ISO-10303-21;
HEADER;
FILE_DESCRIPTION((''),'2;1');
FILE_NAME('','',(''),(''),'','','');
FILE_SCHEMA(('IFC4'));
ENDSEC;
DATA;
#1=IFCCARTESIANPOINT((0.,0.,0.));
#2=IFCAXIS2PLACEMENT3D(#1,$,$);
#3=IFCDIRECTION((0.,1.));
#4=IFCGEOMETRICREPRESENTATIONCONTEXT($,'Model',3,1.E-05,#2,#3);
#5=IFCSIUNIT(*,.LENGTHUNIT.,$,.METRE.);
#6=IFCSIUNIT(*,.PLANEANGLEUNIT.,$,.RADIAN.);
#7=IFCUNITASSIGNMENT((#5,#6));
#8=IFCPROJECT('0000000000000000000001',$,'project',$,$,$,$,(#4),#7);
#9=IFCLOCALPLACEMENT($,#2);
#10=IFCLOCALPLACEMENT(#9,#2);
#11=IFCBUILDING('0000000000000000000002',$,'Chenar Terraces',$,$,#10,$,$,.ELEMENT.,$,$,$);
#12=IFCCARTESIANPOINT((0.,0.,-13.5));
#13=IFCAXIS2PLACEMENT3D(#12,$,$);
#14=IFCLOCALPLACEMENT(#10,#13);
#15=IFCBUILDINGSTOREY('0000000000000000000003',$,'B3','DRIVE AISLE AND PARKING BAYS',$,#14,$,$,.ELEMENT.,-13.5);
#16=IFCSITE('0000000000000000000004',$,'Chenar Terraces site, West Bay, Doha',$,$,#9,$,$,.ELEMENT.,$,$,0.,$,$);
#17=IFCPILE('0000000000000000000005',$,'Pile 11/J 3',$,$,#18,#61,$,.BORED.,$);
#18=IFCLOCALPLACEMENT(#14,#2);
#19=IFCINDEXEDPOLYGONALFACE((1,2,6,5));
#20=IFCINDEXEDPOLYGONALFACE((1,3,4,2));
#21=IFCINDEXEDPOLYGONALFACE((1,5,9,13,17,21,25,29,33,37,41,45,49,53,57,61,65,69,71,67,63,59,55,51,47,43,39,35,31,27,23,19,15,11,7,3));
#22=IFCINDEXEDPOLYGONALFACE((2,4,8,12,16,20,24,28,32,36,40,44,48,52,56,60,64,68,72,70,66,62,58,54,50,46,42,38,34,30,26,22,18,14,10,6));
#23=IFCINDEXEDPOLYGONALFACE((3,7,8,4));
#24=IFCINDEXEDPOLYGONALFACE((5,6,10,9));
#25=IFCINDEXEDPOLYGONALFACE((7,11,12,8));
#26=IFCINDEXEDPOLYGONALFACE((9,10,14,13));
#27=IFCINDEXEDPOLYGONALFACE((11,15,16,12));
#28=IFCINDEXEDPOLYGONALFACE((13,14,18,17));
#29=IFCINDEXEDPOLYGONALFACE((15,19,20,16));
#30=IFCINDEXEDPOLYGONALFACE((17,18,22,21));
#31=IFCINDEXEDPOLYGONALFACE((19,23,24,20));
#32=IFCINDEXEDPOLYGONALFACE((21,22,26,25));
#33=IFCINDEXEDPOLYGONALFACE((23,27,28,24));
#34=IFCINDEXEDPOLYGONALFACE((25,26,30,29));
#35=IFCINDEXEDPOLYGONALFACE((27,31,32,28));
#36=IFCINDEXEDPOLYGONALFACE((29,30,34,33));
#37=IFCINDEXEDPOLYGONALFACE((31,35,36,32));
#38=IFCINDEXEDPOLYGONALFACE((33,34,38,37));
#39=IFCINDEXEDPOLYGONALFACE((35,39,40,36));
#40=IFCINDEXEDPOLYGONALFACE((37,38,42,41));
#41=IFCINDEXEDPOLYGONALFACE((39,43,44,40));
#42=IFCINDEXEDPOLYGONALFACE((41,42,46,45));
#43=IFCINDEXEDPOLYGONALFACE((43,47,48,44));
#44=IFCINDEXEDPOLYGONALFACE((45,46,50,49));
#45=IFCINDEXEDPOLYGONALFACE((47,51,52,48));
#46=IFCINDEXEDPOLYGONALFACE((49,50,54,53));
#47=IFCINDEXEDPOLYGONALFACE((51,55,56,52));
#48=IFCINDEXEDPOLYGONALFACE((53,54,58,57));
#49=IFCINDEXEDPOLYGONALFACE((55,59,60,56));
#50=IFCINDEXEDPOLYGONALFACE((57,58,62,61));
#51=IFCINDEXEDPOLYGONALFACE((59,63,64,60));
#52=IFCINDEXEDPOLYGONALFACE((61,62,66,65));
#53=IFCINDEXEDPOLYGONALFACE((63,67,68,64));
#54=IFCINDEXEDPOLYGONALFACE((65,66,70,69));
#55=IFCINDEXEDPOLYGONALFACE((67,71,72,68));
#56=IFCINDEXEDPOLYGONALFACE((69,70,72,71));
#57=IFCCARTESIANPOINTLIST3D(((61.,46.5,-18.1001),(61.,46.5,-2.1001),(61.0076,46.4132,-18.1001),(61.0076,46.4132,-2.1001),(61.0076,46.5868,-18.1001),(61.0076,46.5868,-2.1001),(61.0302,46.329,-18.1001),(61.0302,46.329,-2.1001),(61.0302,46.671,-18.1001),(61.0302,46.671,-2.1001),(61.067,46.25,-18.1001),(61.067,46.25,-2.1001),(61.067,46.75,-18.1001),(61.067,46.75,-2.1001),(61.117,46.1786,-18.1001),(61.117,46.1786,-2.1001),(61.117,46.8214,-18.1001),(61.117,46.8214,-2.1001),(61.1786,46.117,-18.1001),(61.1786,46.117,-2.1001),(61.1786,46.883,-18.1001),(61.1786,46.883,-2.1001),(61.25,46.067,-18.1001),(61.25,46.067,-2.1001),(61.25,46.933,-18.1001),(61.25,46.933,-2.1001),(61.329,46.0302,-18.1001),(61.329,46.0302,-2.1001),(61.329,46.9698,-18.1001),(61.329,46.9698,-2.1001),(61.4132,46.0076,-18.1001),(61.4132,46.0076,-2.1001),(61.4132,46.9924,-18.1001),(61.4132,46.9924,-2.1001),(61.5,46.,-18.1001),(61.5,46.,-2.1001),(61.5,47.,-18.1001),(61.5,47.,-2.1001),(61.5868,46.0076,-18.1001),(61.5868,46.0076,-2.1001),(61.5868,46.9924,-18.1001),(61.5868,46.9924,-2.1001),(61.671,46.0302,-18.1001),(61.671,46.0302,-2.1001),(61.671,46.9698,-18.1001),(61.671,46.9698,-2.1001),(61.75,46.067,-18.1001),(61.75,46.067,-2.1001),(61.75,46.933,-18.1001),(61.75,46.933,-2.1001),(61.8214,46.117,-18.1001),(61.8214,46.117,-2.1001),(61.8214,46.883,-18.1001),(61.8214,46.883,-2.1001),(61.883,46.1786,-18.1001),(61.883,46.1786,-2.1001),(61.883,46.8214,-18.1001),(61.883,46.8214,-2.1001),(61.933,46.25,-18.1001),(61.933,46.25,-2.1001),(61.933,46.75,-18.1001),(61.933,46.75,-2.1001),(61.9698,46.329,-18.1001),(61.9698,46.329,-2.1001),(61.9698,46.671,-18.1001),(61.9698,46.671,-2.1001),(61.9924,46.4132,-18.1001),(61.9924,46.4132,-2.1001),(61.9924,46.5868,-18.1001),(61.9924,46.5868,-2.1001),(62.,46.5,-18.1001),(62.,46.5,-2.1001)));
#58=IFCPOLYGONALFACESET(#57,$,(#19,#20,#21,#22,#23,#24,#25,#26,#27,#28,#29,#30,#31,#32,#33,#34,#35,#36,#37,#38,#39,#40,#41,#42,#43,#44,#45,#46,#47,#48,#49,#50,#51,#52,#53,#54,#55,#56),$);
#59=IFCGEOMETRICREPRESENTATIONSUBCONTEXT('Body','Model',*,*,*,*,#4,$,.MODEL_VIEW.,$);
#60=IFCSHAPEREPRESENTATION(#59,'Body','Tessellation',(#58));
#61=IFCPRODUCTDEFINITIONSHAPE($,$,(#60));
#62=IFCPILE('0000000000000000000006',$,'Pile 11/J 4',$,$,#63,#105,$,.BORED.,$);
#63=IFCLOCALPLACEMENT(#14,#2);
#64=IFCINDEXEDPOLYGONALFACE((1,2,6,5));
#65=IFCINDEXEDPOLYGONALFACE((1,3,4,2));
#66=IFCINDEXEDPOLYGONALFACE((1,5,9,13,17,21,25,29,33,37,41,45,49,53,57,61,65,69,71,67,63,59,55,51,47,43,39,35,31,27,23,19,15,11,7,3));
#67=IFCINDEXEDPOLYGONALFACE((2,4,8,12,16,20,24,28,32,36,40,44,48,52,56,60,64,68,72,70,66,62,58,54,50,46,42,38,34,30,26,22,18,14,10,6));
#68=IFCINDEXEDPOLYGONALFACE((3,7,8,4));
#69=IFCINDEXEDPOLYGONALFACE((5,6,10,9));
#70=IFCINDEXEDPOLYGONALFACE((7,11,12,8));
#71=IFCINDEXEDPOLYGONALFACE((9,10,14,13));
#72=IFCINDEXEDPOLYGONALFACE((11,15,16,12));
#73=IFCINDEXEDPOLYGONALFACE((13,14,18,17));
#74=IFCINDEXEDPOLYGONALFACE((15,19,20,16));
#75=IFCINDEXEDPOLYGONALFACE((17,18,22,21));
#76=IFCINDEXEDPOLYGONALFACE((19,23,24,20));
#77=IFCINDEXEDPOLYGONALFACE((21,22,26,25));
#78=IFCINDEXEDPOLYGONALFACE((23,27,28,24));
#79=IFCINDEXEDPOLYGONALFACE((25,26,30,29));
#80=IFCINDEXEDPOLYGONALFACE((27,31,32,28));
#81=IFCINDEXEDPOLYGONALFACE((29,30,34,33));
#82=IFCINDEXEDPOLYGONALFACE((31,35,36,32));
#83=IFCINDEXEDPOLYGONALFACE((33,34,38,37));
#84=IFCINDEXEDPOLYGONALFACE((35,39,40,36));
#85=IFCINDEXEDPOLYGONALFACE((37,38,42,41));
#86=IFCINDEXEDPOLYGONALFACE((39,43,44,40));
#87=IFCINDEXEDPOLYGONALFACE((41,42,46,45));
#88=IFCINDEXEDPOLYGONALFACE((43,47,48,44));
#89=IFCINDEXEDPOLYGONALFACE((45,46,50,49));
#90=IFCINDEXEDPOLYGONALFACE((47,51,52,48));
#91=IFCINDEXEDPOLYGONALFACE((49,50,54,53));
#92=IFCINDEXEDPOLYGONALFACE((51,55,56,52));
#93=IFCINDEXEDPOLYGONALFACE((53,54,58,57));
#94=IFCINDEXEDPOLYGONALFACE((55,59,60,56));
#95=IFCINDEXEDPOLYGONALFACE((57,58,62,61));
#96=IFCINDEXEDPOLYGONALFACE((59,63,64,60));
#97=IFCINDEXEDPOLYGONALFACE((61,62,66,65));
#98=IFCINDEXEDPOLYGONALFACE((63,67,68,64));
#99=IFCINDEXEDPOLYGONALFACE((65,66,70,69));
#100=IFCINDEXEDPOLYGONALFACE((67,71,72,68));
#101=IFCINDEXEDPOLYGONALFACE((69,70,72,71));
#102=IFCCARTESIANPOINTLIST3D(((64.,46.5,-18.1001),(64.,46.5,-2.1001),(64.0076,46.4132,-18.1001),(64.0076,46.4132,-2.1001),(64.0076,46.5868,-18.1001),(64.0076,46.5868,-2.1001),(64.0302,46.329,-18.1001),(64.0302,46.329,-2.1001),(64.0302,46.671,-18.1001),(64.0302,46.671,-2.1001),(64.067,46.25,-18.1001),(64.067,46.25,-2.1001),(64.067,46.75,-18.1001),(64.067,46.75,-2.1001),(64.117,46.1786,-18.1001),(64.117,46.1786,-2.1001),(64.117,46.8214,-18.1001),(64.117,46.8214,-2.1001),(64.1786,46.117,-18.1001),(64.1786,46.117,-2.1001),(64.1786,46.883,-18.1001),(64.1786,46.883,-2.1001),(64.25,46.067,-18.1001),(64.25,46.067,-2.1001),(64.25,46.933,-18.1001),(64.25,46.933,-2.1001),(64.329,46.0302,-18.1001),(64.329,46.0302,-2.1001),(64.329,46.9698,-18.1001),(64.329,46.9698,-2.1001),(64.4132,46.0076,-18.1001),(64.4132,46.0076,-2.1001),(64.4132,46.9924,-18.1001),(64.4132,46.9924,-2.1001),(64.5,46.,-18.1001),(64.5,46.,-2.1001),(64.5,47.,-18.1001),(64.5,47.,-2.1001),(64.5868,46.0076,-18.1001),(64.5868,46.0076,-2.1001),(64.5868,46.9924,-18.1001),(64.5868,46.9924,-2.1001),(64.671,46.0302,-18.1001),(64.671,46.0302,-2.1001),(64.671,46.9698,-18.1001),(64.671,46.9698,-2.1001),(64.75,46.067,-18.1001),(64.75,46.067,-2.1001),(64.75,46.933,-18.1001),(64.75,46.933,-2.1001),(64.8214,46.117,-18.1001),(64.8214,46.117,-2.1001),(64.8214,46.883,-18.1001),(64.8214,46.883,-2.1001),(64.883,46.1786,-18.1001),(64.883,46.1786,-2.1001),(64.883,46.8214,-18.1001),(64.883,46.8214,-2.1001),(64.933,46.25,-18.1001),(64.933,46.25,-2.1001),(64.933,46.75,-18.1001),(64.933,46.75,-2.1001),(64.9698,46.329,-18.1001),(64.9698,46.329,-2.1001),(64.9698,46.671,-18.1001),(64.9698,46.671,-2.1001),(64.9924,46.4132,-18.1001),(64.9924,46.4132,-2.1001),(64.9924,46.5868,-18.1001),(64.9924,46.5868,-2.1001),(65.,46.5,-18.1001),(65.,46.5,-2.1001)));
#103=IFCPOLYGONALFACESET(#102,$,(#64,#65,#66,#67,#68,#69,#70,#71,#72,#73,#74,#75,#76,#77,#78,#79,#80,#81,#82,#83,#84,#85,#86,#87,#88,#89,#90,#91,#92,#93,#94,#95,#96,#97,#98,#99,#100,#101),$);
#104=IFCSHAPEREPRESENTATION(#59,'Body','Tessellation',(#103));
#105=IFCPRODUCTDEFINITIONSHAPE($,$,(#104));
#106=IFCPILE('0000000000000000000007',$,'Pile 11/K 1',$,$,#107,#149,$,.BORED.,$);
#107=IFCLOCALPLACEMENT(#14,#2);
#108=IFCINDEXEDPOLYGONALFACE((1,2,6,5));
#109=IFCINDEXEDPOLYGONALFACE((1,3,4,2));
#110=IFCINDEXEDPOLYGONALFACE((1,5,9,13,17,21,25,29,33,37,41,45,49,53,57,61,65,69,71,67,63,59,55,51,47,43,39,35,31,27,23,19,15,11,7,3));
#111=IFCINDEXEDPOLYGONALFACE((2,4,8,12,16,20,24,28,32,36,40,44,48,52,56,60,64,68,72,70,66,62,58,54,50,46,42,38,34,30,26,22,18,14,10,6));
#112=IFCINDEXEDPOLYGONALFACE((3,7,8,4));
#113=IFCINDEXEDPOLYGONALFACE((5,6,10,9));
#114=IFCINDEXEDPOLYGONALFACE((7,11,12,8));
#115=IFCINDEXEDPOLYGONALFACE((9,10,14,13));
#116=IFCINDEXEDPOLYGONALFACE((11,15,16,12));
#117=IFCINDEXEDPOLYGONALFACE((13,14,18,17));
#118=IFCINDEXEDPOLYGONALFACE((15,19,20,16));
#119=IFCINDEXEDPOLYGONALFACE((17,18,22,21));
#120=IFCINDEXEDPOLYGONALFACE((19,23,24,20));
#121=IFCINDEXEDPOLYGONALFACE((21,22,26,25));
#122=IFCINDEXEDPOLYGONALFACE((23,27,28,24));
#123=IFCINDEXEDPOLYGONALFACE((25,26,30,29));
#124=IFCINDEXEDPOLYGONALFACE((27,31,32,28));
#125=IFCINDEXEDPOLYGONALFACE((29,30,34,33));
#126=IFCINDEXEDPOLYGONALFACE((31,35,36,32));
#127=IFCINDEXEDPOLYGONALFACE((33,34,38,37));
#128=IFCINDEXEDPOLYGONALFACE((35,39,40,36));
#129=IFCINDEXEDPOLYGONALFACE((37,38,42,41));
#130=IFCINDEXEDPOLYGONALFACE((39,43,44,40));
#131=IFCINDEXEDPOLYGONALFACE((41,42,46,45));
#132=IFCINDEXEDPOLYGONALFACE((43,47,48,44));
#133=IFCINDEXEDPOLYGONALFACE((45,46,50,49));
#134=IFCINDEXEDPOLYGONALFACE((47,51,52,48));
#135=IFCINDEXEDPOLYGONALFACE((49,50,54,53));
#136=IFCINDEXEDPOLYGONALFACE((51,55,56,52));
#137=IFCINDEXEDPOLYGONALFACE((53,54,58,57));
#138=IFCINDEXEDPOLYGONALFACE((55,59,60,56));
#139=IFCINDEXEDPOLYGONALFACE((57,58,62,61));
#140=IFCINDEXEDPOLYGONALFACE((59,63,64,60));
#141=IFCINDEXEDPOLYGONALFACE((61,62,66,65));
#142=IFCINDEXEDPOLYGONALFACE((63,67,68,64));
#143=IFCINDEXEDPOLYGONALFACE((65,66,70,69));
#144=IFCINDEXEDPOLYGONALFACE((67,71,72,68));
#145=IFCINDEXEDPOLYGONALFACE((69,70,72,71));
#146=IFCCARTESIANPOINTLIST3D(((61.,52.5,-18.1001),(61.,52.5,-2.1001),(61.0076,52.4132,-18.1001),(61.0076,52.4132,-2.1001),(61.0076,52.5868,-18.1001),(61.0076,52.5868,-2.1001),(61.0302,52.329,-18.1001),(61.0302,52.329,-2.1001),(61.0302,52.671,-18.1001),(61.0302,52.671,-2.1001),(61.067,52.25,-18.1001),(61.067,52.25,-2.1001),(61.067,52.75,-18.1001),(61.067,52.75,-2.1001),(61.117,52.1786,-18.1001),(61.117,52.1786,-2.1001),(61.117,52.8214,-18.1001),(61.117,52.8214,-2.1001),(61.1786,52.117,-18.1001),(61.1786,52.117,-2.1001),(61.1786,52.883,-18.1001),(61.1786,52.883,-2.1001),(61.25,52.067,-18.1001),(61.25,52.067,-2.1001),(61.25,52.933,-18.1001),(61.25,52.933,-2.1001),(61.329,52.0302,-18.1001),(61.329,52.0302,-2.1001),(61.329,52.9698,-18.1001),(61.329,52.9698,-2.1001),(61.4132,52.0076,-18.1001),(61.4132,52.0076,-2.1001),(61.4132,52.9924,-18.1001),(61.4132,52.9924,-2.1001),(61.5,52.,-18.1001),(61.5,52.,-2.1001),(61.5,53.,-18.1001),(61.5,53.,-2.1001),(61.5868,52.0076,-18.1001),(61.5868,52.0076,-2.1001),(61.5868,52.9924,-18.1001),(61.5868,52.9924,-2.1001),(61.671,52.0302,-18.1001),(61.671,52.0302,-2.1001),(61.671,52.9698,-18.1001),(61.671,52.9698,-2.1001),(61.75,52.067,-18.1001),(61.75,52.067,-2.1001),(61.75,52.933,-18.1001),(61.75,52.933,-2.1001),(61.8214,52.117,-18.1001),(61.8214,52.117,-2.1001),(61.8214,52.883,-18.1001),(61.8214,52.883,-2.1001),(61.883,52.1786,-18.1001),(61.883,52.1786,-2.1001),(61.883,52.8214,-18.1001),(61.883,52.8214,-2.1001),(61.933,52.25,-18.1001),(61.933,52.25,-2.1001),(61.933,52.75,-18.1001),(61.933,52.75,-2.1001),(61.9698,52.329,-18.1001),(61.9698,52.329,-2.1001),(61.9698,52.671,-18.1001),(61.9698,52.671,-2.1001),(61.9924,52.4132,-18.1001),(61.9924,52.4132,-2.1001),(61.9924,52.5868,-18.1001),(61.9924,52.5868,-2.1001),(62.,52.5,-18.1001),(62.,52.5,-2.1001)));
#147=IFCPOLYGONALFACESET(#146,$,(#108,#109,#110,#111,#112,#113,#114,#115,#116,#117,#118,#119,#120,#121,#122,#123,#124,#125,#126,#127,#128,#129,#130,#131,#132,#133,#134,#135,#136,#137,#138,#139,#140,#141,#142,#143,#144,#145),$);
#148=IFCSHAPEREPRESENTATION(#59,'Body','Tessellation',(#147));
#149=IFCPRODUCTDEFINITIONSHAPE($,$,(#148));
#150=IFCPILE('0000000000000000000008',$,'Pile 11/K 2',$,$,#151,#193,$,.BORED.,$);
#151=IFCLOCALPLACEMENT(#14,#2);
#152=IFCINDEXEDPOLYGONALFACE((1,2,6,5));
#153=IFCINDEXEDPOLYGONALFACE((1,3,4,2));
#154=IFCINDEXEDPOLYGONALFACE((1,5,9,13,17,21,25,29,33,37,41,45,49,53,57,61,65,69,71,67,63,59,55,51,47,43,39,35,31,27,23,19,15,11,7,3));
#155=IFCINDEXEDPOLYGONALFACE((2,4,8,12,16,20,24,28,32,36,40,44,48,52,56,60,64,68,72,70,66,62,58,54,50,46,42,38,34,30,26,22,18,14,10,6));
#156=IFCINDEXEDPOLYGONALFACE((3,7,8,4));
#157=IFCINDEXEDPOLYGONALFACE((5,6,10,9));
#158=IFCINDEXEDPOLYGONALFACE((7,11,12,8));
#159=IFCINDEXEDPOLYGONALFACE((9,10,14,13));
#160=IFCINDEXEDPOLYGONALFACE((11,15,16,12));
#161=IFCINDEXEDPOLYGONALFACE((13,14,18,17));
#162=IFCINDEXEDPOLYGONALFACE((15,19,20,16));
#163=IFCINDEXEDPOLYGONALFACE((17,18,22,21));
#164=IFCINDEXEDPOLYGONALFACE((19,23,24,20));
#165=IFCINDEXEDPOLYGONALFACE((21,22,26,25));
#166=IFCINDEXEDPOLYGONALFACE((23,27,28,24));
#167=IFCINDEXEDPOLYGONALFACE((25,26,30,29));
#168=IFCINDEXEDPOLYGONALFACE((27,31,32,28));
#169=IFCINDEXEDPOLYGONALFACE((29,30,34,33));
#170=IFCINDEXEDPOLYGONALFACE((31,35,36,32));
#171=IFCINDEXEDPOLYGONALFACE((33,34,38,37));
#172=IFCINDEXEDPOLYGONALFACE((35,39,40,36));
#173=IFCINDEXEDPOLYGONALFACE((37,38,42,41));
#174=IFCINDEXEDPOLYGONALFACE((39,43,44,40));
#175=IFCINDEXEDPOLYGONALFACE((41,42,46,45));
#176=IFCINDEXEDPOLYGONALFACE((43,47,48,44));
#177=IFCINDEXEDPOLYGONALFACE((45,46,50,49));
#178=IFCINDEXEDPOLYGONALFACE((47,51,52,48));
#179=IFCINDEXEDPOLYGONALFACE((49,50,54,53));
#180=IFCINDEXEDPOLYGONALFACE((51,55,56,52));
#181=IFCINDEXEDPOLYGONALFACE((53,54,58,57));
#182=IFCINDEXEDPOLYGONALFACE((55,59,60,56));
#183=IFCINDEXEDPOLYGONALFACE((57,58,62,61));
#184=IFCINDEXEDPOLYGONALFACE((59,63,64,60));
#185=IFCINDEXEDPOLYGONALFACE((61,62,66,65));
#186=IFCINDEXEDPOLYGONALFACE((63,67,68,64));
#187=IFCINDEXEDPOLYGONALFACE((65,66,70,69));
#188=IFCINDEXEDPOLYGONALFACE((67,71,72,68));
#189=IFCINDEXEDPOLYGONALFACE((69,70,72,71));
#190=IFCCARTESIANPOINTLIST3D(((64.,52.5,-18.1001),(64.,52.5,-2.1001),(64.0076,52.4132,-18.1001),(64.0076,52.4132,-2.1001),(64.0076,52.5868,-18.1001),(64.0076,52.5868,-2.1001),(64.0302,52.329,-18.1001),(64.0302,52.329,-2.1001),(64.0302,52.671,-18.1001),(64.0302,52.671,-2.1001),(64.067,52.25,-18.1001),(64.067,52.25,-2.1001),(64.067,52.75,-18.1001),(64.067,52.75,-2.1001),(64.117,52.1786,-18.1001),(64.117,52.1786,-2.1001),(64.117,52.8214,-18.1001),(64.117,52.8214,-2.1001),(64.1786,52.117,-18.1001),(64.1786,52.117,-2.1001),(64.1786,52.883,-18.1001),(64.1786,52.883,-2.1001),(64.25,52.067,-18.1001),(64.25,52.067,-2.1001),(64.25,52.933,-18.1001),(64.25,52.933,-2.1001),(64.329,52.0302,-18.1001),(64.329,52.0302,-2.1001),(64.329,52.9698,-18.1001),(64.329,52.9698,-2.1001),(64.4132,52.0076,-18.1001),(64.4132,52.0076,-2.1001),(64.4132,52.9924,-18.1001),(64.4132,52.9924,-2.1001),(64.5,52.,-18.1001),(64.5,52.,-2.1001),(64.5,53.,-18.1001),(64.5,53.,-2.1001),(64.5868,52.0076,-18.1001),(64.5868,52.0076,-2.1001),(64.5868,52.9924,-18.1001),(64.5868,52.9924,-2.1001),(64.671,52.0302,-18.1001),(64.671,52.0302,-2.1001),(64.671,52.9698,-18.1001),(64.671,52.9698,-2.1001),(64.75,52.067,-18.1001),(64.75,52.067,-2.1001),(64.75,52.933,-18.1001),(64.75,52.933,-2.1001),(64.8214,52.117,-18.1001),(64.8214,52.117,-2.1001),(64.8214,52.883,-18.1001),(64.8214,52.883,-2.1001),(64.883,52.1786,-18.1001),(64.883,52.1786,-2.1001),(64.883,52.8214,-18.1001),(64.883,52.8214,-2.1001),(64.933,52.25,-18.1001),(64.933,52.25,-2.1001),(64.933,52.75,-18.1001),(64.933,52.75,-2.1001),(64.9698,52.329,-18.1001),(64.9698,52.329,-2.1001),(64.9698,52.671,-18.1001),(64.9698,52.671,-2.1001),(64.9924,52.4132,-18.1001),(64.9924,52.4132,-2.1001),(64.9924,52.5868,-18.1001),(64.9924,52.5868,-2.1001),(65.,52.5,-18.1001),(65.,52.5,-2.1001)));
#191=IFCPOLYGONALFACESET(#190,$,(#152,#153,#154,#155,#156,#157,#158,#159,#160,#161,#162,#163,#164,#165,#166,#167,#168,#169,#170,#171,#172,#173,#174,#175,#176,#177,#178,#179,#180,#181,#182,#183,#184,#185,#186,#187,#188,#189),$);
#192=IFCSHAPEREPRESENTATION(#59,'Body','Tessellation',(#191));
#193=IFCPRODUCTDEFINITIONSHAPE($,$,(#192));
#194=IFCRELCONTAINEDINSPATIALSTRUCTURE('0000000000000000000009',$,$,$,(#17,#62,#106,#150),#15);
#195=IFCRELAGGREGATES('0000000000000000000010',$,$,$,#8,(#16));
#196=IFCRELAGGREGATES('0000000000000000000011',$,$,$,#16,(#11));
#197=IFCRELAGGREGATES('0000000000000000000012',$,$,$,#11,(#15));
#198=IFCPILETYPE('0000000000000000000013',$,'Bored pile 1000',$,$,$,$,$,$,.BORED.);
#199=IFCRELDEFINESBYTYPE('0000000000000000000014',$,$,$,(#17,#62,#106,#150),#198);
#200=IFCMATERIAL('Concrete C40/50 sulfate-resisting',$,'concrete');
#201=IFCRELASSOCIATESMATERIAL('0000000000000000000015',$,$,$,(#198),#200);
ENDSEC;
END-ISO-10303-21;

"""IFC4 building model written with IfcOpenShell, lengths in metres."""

from ifc_helpers import new_model, si_unit, direction, frame, origin, origin_2d, place, context, subcontext, project, spatial, circle, extrude, material, material_profile, profile_set, type_object, element, save


model = new_model("IFC4")

# Units and contexts
model_context = context("Model", 3, precision=1e-05, world=origin(), true_north=direction((0.0, 1.0)))
body_context = subcontext(model_context, "Body", "Model", "MODEL_VIEW")
ifc_project = project(units=[si_unit("LENGTHUNIT", "METRE"), si_unit("PLANEANGLEUNIT", "RADIAN")], contexts=[model_context])

# Site, building, storey
site_placement = place(None, origin())
site = spatial("IfcSite", under=ifc_project, at=site_placement, Name="Chenar Terraces site, West Bay, Doha", CompositionType="ELEMENT", RefElevation=0.0)
building_placement = place(site_placement, origin())
building = spatial("IfcBuilding", under=site, at=building_placement, Name="Chenar Terraces", CompositionType="ELEMENT")
storey_placement = place(building_placement, frame((0.0, 0.0, -13.5)))
storey = spatial("IfcBuildingStorey", under=building, at=storey_placement, Name="B3", Description="DRIVE AISLE AND PARKING BAYS", CompositionType="ELEMENT", Elevation=-13.5)

# Piles
ifc_material_1 = material(Name="Concrete C40/50 sulfate-resisting", Category="concrete")
ifc_material_profile_1 = material_profile(ifc_material_1, circle(Radius=0.5, at=origin_2d()), Name="BP 1000")
ifc_profile_set_1 = profile_set([ifc_material_profile_1], Name="Concrete C40/50 sulfate-resisting")
pile_type = type_object("IfcPileType", Name="Bored pile 1000", PredefinedType="BORED", material=ifc_profile_set_1)
for number, where, z_axis, x_axis, name in (
    (1, (61.5, 46.5, -2.1001), (0.0, 0.0, -1.0), (1.0, 0.0, 0.0), "Pile 11/J 3"),
    (2, (64.5, 46.5, -2.1001), (0.0, 0.0, -1.0), (1.0, 0.0, 0.0), "Pile 11/J 4"),
    (3, (61.5, 52.5, -2.1001), (0.0, 0.0, -1.0), (1.0, 0.0, 0.0), "Pile 11/K 1"),
    (4, (64.5, 52.5, -2.1001), (0.0, 0.0, -1.0), (1.0, 0.0, 0.0), "Pile 11/K 2"),
):
    element("IfcPile", number, at=place(storey_placement, frame(where, z_axis=z_axis, x_axis=x_axis)), inside=storey, type_object=pile_type, Name=name, PredefinedType="BORED", context=body_context, shape_type="SweptSolid", body=[
        extrude(circle(Radius=0.5, at=origin_2d()), origin(), (0.0, 0.0, 1.0), 16.0),
    ])

save(model, "model.ifc")
